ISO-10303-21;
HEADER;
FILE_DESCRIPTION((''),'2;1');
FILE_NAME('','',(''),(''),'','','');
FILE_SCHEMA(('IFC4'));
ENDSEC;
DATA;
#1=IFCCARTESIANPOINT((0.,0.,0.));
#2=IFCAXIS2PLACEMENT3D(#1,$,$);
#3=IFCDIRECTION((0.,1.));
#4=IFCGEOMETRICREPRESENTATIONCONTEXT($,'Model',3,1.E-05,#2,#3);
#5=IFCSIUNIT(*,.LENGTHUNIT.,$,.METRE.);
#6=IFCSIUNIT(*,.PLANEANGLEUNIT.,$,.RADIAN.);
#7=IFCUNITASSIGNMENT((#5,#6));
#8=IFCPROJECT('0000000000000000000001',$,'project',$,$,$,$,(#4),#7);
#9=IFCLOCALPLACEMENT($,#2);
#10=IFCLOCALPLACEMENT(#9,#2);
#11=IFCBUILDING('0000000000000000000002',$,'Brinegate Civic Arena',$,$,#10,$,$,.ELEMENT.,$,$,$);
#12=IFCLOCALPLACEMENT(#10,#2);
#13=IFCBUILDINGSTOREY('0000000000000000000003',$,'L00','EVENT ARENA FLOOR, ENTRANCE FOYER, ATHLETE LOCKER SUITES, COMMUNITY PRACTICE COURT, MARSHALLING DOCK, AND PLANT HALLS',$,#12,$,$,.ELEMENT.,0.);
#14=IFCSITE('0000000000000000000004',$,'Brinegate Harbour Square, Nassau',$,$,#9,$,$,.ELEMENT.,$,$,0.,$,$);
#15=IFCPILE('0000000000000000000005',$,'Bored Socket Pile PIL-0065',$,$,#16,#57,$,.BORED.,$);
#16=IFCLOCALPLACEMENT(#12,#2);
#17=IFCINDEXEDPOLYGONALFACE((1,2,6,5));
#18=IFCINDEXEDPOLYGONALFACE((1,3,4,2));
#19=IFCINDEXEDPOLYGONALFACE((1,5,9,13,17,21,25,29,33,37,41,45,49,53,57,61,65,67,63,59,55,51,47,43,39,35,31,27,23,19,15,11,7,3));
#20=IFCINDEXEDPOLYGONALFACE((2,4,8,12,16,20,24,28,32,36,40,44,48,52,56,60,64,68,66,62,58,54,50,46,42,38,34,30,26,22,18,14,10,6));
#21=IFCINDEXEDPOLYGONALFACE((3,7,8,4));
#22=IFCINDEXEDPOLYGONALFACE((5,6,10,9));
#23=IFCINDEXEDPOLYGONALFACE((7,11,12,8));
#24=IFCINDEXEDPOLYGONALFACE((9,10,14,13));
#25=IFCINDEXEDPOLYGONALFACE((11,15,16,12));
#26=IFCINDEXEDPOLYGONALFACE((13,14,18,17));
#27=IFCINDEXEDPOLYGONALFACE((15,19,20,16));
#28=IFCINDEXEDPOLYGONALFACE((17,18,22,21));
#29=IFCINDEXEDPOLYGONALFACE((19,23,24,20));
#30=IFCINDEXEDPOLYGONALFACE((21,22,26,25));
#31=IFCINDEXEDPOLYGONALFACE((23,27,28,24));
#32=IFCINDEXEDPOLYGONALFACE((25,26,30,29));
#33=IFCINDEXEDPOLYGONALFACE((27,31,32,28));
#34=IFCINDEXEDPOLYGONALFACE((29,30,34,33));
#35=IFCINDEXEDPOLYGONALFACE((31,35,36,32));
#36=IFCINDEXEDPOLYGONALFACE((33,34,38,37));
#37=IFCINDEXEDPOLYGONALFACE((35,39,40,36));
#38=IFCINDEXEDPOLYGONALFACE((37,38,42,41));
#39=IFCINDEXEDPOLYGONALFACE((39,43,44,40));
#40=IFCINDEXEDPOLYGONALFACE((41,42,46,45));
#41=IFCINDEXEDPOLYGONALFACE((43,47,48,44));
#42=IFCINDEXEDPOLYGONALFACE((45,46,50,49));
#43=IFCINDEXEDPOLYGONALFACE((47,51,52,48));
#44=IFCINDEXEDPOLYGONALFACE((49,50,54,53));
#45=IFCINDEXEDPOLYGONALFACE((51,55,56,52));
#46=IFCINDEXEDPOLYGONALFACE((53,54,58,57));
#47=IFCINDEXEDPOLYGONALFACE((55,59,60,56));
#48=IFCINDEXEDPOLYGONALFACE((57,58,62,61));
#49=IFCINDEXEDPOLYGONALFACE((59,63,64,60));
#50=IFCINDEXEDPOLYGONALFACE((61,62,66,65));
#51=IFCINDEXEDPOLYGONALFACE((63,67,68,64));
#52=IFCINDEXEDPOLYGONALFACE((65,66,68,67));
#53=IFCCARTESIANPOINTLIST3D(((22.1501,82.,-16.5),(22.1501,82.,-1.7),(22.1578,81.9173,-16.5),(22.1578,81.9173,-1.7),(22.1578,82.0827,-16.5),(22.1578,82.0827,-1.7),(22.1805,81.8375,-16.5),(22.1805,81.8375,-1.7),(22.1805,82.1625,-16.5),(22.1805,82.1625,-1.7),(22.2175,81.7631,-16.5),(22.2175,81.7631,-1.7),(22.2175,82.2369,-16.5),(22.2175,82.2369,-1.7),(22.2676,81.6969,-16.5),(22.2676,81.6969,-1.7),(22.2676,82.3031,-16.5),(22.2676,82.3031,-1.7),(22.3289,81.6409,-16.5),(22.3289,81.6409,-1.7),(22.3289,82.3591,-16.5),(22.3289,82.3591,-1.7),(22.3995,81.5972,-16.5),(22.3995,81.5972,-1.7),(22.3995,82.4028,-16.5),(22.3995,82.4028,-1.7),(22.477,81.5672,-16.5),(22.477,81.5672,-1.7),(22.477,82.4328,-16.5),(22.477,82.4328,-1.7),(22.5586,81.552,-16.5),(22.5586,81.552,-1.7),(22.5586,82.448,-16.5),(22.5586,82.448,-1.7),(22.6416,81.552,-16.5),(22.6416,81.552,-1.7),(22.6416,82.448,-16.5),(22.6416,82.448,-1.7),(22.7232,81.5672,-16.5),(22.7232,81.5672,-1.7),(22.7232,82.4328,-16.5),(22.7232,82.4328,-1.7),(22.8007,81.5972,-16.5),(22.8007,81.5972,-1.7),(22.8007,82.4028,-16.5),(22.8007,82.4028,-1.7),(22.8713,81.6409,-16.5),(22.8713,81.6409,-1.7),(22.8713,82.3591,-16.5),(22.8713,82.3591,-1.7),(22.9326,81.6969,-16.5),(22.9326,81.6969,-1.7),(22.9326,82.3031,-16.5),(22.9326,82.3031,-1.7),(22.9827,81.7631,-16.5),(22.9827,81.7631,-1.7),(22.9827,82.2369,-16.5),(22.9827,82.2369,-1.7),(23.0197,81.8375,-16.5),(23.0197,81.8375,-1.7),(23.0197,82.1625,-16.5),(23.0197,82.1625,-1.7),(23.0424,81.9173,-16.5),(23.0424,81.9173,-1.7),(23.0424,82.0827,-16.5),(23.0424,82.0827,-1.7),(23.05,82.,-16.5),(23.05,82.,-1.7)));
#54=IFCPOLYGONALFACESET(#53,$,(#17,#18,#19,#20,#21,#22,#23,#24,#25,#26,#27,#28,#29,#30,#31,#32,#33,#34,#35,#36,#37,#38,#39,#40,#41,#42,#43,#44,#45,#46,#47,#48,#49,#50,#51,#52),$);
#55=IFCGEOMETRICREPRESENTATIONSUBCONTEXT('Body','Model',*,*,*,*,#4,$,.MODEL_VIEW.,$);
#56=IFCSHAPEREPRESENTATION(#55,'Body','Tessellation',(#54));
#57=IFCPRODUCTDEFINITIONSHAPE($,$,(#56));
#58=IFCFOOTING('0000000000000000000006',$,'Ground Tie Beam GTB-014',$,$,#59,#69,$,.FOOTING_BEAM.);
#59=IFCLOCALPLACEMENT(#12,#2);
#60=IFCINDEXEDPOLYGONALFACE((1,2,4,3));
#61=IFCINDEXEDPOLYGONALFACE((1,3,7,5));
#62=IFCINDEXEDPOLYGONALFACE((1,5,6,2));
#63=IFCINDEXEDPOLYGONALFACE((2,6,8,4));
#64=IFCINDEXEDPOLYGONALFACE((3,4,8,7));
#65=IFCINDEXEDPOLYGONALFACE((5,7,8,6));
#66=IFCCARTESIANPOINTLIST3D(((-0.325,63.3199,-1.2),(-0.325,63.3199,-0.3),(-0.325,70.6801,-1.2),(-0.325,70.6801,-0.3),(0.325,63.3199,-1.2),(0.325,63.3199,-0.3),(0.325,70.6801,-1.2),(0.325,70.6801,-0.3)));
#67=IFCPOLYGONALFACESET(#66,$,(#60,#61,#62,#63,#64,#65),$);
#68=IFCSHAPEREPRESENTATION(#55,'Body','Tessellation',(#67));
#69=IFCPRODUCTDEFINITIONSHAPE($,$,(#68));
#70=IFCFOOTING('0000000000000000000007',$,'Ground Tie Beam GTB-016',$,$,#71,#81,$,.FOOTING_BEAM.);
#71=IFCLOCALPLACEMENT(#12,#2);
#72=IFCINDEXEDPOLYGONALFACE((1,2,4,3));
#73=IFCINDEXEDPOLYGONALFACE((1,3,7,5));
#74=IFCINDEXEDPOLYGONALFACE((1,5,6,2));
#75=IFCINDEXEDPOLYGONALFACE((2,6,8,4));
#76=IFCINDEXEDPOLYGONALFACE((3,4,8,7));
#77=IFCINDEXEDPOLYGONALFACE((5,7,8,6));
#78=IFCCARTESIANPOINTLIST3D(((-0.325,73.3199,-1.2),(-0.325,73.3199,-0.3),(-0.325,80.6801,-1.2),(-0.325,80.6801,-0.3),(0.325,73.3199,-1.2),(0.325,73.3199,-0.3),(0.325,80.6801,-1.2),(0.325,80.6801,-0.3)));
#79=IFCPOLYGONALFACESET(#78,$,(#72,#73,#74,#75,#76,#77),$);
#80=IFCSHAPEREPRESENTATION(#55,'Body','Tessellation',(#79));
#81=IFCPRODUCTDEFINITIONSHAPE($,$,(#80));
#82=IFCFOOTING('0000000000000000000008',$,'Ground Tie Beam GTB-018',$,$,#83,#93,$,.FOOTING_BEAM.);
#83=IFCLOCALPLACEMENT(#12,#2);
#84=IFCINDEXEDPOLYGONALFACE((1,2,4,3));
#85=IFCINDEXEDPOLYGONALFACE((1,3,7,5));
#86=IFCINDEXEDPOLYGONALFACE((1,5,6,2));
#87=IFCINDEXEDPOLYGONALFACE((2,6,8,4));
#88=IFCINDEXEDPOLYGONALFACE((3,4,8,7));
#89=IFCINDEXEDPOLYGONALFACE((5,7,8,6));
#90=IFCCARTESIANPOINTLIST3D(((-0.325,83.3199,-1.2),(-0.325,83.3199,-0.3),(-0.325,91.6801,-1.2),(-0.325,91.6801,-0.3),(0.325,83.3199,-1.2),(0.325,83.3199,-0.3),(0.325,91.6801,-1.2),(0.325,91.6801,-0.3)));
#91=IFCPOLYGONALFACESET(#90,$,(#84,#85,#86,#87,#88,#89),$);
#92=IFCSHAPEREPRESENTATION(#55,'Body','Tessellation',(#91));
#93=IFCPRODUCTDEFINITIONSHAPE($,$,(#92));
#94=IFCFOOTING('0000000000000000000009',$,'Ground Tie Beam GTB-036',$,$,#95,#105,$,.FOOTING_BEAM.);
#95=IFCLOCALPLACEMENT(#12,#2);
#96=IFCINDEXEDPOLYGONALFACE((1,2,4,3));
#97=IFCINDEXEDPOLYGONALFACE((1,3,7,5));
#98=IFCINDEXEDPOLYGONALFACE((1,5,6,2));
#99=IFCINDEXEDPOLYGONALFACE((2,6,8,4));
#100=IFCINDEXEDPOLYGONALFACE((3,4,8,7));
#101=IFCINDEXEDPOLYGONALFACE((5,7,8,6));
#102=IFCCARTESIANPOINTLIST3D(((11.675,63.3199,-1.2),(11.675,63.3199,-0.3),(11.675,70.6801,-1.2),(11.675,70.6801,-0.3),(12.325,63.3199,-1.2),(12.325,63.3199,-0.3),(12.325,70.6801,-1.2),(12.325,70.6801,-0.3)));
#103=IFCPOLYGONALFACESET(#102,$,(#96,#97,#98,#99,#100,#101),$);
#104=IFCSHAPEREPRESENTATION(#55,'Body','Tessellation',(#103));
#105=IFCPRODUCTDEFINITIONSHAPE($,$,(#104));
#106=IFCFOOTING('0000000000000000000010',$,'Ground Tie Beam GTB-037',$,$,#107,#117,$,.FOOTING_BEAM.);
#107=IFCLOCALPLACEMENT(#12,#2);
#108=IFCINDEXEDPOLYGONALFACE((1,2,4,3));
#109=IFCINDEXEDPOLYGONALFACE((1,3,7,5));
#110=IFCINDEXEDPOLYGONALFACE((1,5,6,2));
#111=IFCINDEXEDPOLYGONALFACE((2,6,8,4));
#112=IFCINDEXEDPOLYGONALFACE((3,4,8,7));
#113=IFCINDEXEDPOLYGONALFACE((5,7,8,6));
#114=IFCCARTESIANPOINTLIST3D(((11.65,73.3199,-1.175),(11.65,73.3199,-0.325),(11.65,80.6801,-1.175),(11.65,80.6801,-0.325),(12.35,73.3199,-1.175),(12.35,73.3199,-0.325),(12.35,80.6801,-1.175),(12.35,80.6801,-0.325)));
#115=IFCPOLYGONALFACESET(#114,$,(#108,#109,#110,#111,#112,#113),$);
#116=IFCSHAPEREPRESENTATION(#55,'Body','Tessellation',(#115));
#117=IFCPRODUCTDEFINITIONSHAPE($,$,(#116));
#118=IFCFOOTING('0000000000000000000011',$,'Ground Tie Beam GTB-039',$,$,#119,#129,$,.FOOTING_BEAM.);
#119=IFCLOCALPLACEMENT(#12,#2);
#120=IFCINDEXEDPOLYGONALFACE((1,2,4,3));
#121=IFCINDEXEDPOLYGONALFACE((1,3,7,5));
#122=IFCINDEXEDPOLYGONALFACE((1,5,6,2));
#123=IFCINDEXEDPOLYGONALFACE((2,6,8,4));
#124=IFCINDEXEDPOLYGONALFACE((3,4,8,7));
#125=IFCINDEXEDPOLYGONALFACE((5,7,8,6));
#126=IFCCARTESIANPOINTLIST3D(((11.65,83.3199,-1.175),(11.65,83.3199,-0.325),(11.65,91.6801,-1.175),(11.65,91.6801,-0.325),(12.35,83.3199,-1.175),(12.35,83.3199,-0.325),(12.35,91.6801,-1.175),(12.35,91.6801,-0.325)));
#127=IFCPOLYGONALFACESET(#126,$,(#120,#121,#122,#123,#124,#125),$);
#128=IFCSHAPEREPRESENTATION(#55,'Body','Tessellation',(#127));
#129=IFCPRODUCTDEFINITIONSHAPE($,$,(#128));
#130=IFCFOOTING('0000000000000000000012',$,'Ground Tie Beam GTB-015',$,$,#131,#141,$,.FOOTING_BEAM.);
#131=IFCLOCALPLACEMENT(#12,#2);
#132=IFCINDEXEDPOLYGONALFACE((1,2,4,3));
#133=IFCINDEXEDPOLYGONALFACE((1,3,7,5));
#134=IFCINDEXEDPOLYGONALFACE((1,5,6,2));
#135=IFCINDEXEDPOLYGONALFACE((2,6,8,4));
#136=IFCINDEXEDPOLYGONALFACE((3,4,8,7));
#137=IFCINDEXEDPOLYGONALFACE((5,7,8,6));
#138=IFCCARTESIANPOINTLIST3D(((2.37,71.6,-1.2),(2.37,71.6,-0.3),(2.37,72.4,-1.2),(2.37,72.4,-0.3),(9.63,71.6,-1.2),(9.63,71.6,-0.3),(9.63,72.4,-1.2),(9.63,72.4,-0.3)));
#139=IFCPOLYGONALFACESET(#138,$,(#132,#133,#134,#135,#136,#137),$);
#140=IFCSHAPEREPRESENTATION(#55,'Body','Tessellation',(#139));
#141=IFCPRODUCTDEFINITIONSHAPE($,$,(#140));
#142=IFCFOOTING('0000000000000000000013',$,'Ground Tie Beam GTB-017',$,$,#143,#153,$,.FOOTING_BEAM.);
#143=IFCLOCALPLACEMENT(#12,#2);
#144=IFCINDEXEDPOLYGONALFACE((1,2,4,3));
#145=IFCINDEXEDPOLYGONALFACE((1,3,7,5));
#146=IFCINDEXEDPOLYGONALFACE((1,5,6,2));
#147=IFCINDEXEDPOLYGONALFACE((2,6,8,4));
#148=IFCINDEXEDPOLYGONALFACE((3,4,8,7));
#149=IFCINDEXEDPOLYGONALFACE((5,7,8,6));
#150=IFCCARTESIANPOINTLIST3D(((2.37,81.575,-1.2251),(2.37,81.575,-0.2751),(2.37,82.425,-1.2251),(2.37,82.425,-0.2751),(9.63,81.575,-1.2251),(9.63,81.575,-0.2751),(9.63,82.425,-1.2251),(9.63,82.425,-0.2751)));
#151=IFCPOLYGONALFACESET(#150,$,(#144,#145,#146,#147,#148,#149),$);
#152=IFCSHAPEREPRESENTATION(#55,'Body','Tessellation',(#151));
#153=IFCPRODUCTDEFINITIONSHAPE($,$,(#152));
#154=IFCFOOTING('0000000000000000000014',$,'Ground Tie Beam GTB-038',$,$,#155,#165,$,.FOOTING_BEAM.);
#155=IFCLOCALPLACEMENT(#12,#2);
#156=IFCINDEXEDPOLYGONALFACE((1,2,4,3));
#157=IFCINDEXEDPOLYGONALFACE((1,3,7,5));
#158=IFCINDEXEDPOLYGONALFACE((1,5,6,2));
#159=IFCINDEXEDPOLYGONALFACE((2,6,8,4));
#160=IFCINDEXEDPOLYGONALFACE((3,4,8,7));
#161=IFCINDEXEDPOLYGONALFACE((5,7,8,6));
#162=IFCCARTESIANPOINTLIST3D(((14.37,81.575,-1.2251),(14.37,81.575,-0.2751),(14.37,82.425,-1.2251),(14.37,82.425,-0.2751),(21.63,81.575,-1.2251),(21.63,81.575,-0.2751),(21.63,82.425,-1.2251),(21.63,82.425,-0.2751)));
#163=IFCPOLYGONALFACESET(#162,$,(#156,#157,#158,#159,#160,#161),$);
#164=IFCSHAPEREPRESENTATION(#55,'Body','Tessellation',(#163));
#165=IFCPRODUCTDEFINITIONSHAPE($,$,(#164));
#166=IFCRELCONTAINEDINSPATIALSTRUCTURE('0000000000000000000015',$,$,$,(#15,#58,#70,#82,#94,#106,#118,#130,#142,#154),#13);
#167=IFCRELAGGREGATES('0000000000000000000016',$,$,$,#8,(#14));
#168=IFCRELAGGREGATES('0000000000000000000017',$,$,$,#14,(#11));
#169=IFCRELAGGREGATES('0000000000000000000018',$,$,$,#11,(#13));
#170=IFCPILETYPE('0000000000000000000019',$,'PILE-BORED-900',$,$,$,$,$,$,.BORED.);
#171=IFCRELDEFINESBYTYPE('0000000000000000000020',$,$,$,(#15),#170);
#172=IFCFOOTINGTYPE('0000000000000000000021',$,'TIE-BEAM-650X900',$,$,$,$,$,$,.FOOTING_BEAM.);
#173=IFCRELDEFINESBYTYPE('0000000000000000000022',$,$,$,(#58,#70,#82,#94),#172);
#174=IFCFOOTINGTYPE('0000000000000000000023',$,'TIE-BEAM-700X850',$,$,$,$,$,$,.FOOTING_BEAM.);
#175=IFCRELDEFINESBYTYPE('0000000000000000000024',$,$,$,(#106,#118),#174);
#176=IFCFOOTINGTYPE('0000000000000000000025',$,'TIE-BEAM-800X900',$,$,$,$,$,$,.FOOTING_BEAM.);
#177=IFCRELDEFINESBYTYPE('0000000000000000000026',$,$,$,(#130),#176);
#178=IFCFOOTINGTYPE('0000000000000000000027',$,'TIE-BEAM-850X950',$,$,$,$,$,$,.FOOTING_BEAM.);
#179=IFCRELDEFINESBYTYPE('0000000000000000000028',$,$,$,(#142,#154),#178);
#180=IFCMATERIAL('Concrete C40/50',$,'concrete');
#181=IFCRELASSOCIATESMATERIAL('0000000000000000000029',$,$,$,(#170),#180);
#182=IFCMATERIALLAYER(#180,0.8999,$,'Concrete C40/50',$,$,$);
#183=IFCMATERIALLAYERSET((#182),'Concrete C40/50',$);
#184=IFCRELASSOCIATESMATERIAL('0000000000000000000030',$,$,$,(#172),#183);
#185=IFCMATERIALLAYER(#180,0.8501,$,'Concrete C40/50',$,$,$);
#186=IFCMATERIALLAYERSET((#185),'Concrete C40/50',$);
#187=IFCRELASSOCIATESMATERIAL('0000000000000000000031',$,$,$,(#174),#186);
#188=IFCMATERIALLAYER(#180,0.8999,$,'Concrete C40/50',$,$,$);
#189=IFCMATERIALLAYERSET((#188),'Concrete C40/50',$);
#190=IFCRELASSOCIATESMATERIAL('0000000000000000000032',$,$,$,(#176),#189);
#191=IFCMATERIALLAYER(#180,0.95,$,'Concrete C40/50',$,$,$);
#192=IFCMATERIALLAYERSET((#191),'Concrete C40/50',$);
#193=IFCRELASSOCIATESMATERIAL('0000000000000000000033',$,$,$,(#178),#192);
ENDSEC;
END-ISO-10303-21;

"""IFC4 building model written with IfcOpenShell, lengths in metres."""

from ifc_helpers import new_model, si_unit, direction, frame, origin, origin_2d, place, context, subcontext, project, spatial, rectangle, circle, extrude, material, layer, layer_set, material_profile, profile_set, type_object, element, save


model = new_model("IFC4")

# Units and contexts
model_context = context("Model", 3, precision=1e-05, world=origin(), true_north=direction((0.0, 1.0)))
body_context = subcontext(model_context, "Body", "Model", "MODEL_VIEW")
ifc_project = project(units=[si_unit("LENGTHUNIT", "METRE"), si_unit("PLANEANGLEUNIT", "RADIAN")], contexts=[model_context])

# Site, building, storey
site_placement = place(None, origin())
site = spatial("IfcSite", under=ifc_project, at=site_placement, Name="Brinegate Harbour Square, Nassau", CompositionType="ELEMENT", RefElevation=0.0)
building_placement = place(site_placement, origin())
building = spatial("IfcBuilding", under=site, at=building_placement, Name="Brinegate Civic Arena", CompositionType="ELEMENT")
storey_placement = place(building_placement, origin())
storey = spatial("IfcBuildingStorey", under=building, at=storey_placement, Name="L00", Description="EVENT ARENA FLOOR, ENTRANCE FOYER, ATHLETE LOCKER SUITES, COMMUNITY PRACTICE COURT, MARSHALLING DOCK, AND PLANT HALLS", CompositionType="ELEMENT", Elevation=0.0)

# Shared definitions
ifc_material_1 = material(Name="Concrete C40/50", Category="concrete")

# Pile
ifc_material_profile_1 = material_profile(ifc_material_1, circle(Radius=0.45, at=origin_2d()), Name="PILED900")
ifc_profile_set_1 = profile_set([ifc_material_profile_1], Name="Concrete C40/50")
pile_type_1 = type_object("IfcPileType", Name="PILE-BORED-900", PredefinedType="BORED", material=ifc_profile_set_1)
for number, where, z_axis, x_axis, name in (
    (1, (22.6001, 82.0, -1.7), (0.0, 0.0, -1.0), (1.0, 0.0, 0.0), "Bored Socket Pile PIL-0065"),
):
    element("IfcPile", number, at=place(storey_placement, frame(where, z_axis=z_axis, x_axis=x_axis)), inside=storey, type_object=pile_type_1, Name=name, PredefinedType="BORED", context=body_context, shape_type="SweptSolid", body=[
        extrude(circle(Radius=0.45, at=origin_2d()), origin(), (0.0, 0.0, 1.0), 14.8),
    ])

# Footings
ifc_layer_1 = layer(ifc_material_1, 0.8999, Name="Concrete C40/50")
ifc_layer_set_1 = layer_set([ifc_layer_1], Name="Concrete C40/50")
footing_type_1 = type_object("IfcFootingType", Name="TIE-BEAM-650X900", PredefinedType="FOOTING_BEAM", material=ifc_layer_set_1)
for number, where, z_axis, x_axis, name in (
    (2, (0.0, 67.0, -1.2), (0.0, 0.0, 1.0), (0.0, 1.0, 0.0), "Ground Tie Beam GTB-014"),
    (3, (0.0, 77.0, -1.2), (0.0, 0.0, 1.0), (0.0, 1.0, 0.0), "Ground Tie Beam GTB-016"),
):
    element("IfcFooting", number, at=place(storey_placement, frame(where, z_axis=z_axis, x_axis=x_axis)), inside=storey, type_object=footing_type_1, Name=name, PredefinedType="FOOTING_BEAM", context=body_context, shape_type="SweptSolid", body=[
        extrude(rectangle(XDim=7.3601, YDim=0.6499, at=origin_2d()), origin(), (0.0, 0.0, 1.0), 0.8999),
    ])
footing_1_placement = place(storey_placement, frame((0.0, 87.5, -1.2), z_axis=(0.0, 0.0, 1.0), x_axis=(0.0, 1.0, 0.0)))
element("IfcFooting", 4, at=footing_1_placement, inside=storey, type_object=footing_type_1, Name="Ground Tie Beam GTB-018", PredefinedType="FOOTING_BEAM", context=body_context, shape_type="SweptSolid", body=[
    extrude(rectangle(XDim=8.3601, YDim=0.6499, at=origin_2d()), origin(), (0.0, 0.0, 1.0), 0.8999),
])
footing_2_placement = place(storey_placement, frame((12.0, 67.0, -1.2), z_axis=(0.0, 0.0, 1.0), x_axis=(0.0, 1.0, 0.0)))
element("IfcFooting", 5, at=footing_2_placement, inside=storey, type_object=footing_type_1, Name="Ground Tie Beam GTB-036", PredefinedType="FOOTING_BEAM", context=body_context, shape_type="SweptSolid", body=[
    extrude(rectangle(XDim=7.3601, YDim=0.6499, at=origin_2d()), origin(), (0.0, 0.0, 1.0), 0.8999),
])
ifc_layer_2 = layer(ifc_material_1, 0.8501, Name="Concrete C40/50")
ifc_layer_set_2 = layer_set([ifc_layer_2], Name="Concrete C40/50")
footing_type_2 = type_object("IfcFootingType", Name="TIE-BEAM-700X850", PredefinedType="FOOTING_BEAM", material=ifc_layer_set_2)
footing_3_placement = place(storey_placement, frame((12.0, 77.0, -1.175), z_axis=(0.0, 0.0, 1.0), x_axis=(0.0, 1.0, 0.0)))
element("IfcFooting", 6, at=footing_3_placement, inside=storey, type_object=footing_type_2, Name="Ground Tie Beam GTB-037", PredefinedType="FOOTING_BEAM", context=body_context, shape_type="SweptSolid", body=[
    extrude(rectangle(XDim=7.3601, YDim=0.7, at=origin_2d()), origin(), (0.0, 0.0, 1.0), 0.8501),
])
footing_4_placement = place(storey_placement, frame((12.0, 87.5, -1.175), z_axis=(0.0, 0.0, 1.0), x_axis=(0.0, 1.0, 0.0)))
element("IfcFooting", 7, at=footing_4_placement, inside=storey, type_object=footing_type_2, Name="Ground Tie Beam GTB-039", PredefinedType="FOOTING_BEAM", context=body_context, shape_type="SweptSolid", body=[
    extrude(rectangle(XDim=8.3601, YDim=0.7, at=origin_2d()), origin(), (0.0, 0.0, 1.0), 0.8501),
])
ifc_layer_3 = layer(ifc_material_1, 0.8999, Name="Concrete C40/50")
ifc_layer_set_3 = layer_set([ifc_layer_3], Name="Concrete C40/50")
footing_type_3 = type_object("IfcFootingType", Name="TIE-BEAM-800X900", PredefinedType="FOOTING_BEAM", material=ifc_layer_set_3)
footing_5_placement = place(storey_placement, frame((6.0, 72.0, -1.2), z_axis=(0.0, 0.0, 1.0), x_axis=(1.0, 0.0, 0.0)))
element("IfcFooting", 8, at=footing_5_placement, inside=storey, type_object=footing_type_3, Name="Ground Tie Beam GTB-015", PredefinedType="FOOTING_BEAM", context=body_context, shape_type="SweptSolid", body=[
    extrude(rectangle(XDim=7.26, YDim=0.8, at=origin_2d()), origin(), (0.0, 0.0, 1.0), 0.8999),
])
ifc_layer_4 = layer(ifc_material_1, 0.95, Name="Concrete C40/50")
ifc_layer_set_4 = layer_set([ifc_layer_4], Name="Concrete C40/50")
footing_type_4 = type_object("IfcFootingType", Name="TIE-BEAM-850X950", PredefinedType="FOOTING_BEAM", material=ifc_layer_set_4)
for number, where, z_axis, x_axis, name in (
    (9, (6.0, 82.0, -1.2251), (0.0, 0.0, 1.0), (1.0, 0.0, 0.0), "Ground Tie Beam GTB-017"),
    (10, (18.0, 82.0, -1.2251), (0.0, 0.0, 1.0), (1.0, 0.0, 0.0), "Ground Tie Beam GTB-038"),
):
    element("IfcFooting", number, at=place(storey_placement, frame(where, z_axis=z_axis, x_axis=x_axis)), inside=storey, type_object=footing_type_4, Name=name, PredefinedType="FOOTING_BEAM", context=body_context, shape_type="SweptSolid", body=[
        extrude(rectangle(XDim=7.26, YDim=0.8501, at=origin_2d()), origin(), (0.0, 0.0, 1.0), 0.95),
    ])

save(model, "model.ifc")
